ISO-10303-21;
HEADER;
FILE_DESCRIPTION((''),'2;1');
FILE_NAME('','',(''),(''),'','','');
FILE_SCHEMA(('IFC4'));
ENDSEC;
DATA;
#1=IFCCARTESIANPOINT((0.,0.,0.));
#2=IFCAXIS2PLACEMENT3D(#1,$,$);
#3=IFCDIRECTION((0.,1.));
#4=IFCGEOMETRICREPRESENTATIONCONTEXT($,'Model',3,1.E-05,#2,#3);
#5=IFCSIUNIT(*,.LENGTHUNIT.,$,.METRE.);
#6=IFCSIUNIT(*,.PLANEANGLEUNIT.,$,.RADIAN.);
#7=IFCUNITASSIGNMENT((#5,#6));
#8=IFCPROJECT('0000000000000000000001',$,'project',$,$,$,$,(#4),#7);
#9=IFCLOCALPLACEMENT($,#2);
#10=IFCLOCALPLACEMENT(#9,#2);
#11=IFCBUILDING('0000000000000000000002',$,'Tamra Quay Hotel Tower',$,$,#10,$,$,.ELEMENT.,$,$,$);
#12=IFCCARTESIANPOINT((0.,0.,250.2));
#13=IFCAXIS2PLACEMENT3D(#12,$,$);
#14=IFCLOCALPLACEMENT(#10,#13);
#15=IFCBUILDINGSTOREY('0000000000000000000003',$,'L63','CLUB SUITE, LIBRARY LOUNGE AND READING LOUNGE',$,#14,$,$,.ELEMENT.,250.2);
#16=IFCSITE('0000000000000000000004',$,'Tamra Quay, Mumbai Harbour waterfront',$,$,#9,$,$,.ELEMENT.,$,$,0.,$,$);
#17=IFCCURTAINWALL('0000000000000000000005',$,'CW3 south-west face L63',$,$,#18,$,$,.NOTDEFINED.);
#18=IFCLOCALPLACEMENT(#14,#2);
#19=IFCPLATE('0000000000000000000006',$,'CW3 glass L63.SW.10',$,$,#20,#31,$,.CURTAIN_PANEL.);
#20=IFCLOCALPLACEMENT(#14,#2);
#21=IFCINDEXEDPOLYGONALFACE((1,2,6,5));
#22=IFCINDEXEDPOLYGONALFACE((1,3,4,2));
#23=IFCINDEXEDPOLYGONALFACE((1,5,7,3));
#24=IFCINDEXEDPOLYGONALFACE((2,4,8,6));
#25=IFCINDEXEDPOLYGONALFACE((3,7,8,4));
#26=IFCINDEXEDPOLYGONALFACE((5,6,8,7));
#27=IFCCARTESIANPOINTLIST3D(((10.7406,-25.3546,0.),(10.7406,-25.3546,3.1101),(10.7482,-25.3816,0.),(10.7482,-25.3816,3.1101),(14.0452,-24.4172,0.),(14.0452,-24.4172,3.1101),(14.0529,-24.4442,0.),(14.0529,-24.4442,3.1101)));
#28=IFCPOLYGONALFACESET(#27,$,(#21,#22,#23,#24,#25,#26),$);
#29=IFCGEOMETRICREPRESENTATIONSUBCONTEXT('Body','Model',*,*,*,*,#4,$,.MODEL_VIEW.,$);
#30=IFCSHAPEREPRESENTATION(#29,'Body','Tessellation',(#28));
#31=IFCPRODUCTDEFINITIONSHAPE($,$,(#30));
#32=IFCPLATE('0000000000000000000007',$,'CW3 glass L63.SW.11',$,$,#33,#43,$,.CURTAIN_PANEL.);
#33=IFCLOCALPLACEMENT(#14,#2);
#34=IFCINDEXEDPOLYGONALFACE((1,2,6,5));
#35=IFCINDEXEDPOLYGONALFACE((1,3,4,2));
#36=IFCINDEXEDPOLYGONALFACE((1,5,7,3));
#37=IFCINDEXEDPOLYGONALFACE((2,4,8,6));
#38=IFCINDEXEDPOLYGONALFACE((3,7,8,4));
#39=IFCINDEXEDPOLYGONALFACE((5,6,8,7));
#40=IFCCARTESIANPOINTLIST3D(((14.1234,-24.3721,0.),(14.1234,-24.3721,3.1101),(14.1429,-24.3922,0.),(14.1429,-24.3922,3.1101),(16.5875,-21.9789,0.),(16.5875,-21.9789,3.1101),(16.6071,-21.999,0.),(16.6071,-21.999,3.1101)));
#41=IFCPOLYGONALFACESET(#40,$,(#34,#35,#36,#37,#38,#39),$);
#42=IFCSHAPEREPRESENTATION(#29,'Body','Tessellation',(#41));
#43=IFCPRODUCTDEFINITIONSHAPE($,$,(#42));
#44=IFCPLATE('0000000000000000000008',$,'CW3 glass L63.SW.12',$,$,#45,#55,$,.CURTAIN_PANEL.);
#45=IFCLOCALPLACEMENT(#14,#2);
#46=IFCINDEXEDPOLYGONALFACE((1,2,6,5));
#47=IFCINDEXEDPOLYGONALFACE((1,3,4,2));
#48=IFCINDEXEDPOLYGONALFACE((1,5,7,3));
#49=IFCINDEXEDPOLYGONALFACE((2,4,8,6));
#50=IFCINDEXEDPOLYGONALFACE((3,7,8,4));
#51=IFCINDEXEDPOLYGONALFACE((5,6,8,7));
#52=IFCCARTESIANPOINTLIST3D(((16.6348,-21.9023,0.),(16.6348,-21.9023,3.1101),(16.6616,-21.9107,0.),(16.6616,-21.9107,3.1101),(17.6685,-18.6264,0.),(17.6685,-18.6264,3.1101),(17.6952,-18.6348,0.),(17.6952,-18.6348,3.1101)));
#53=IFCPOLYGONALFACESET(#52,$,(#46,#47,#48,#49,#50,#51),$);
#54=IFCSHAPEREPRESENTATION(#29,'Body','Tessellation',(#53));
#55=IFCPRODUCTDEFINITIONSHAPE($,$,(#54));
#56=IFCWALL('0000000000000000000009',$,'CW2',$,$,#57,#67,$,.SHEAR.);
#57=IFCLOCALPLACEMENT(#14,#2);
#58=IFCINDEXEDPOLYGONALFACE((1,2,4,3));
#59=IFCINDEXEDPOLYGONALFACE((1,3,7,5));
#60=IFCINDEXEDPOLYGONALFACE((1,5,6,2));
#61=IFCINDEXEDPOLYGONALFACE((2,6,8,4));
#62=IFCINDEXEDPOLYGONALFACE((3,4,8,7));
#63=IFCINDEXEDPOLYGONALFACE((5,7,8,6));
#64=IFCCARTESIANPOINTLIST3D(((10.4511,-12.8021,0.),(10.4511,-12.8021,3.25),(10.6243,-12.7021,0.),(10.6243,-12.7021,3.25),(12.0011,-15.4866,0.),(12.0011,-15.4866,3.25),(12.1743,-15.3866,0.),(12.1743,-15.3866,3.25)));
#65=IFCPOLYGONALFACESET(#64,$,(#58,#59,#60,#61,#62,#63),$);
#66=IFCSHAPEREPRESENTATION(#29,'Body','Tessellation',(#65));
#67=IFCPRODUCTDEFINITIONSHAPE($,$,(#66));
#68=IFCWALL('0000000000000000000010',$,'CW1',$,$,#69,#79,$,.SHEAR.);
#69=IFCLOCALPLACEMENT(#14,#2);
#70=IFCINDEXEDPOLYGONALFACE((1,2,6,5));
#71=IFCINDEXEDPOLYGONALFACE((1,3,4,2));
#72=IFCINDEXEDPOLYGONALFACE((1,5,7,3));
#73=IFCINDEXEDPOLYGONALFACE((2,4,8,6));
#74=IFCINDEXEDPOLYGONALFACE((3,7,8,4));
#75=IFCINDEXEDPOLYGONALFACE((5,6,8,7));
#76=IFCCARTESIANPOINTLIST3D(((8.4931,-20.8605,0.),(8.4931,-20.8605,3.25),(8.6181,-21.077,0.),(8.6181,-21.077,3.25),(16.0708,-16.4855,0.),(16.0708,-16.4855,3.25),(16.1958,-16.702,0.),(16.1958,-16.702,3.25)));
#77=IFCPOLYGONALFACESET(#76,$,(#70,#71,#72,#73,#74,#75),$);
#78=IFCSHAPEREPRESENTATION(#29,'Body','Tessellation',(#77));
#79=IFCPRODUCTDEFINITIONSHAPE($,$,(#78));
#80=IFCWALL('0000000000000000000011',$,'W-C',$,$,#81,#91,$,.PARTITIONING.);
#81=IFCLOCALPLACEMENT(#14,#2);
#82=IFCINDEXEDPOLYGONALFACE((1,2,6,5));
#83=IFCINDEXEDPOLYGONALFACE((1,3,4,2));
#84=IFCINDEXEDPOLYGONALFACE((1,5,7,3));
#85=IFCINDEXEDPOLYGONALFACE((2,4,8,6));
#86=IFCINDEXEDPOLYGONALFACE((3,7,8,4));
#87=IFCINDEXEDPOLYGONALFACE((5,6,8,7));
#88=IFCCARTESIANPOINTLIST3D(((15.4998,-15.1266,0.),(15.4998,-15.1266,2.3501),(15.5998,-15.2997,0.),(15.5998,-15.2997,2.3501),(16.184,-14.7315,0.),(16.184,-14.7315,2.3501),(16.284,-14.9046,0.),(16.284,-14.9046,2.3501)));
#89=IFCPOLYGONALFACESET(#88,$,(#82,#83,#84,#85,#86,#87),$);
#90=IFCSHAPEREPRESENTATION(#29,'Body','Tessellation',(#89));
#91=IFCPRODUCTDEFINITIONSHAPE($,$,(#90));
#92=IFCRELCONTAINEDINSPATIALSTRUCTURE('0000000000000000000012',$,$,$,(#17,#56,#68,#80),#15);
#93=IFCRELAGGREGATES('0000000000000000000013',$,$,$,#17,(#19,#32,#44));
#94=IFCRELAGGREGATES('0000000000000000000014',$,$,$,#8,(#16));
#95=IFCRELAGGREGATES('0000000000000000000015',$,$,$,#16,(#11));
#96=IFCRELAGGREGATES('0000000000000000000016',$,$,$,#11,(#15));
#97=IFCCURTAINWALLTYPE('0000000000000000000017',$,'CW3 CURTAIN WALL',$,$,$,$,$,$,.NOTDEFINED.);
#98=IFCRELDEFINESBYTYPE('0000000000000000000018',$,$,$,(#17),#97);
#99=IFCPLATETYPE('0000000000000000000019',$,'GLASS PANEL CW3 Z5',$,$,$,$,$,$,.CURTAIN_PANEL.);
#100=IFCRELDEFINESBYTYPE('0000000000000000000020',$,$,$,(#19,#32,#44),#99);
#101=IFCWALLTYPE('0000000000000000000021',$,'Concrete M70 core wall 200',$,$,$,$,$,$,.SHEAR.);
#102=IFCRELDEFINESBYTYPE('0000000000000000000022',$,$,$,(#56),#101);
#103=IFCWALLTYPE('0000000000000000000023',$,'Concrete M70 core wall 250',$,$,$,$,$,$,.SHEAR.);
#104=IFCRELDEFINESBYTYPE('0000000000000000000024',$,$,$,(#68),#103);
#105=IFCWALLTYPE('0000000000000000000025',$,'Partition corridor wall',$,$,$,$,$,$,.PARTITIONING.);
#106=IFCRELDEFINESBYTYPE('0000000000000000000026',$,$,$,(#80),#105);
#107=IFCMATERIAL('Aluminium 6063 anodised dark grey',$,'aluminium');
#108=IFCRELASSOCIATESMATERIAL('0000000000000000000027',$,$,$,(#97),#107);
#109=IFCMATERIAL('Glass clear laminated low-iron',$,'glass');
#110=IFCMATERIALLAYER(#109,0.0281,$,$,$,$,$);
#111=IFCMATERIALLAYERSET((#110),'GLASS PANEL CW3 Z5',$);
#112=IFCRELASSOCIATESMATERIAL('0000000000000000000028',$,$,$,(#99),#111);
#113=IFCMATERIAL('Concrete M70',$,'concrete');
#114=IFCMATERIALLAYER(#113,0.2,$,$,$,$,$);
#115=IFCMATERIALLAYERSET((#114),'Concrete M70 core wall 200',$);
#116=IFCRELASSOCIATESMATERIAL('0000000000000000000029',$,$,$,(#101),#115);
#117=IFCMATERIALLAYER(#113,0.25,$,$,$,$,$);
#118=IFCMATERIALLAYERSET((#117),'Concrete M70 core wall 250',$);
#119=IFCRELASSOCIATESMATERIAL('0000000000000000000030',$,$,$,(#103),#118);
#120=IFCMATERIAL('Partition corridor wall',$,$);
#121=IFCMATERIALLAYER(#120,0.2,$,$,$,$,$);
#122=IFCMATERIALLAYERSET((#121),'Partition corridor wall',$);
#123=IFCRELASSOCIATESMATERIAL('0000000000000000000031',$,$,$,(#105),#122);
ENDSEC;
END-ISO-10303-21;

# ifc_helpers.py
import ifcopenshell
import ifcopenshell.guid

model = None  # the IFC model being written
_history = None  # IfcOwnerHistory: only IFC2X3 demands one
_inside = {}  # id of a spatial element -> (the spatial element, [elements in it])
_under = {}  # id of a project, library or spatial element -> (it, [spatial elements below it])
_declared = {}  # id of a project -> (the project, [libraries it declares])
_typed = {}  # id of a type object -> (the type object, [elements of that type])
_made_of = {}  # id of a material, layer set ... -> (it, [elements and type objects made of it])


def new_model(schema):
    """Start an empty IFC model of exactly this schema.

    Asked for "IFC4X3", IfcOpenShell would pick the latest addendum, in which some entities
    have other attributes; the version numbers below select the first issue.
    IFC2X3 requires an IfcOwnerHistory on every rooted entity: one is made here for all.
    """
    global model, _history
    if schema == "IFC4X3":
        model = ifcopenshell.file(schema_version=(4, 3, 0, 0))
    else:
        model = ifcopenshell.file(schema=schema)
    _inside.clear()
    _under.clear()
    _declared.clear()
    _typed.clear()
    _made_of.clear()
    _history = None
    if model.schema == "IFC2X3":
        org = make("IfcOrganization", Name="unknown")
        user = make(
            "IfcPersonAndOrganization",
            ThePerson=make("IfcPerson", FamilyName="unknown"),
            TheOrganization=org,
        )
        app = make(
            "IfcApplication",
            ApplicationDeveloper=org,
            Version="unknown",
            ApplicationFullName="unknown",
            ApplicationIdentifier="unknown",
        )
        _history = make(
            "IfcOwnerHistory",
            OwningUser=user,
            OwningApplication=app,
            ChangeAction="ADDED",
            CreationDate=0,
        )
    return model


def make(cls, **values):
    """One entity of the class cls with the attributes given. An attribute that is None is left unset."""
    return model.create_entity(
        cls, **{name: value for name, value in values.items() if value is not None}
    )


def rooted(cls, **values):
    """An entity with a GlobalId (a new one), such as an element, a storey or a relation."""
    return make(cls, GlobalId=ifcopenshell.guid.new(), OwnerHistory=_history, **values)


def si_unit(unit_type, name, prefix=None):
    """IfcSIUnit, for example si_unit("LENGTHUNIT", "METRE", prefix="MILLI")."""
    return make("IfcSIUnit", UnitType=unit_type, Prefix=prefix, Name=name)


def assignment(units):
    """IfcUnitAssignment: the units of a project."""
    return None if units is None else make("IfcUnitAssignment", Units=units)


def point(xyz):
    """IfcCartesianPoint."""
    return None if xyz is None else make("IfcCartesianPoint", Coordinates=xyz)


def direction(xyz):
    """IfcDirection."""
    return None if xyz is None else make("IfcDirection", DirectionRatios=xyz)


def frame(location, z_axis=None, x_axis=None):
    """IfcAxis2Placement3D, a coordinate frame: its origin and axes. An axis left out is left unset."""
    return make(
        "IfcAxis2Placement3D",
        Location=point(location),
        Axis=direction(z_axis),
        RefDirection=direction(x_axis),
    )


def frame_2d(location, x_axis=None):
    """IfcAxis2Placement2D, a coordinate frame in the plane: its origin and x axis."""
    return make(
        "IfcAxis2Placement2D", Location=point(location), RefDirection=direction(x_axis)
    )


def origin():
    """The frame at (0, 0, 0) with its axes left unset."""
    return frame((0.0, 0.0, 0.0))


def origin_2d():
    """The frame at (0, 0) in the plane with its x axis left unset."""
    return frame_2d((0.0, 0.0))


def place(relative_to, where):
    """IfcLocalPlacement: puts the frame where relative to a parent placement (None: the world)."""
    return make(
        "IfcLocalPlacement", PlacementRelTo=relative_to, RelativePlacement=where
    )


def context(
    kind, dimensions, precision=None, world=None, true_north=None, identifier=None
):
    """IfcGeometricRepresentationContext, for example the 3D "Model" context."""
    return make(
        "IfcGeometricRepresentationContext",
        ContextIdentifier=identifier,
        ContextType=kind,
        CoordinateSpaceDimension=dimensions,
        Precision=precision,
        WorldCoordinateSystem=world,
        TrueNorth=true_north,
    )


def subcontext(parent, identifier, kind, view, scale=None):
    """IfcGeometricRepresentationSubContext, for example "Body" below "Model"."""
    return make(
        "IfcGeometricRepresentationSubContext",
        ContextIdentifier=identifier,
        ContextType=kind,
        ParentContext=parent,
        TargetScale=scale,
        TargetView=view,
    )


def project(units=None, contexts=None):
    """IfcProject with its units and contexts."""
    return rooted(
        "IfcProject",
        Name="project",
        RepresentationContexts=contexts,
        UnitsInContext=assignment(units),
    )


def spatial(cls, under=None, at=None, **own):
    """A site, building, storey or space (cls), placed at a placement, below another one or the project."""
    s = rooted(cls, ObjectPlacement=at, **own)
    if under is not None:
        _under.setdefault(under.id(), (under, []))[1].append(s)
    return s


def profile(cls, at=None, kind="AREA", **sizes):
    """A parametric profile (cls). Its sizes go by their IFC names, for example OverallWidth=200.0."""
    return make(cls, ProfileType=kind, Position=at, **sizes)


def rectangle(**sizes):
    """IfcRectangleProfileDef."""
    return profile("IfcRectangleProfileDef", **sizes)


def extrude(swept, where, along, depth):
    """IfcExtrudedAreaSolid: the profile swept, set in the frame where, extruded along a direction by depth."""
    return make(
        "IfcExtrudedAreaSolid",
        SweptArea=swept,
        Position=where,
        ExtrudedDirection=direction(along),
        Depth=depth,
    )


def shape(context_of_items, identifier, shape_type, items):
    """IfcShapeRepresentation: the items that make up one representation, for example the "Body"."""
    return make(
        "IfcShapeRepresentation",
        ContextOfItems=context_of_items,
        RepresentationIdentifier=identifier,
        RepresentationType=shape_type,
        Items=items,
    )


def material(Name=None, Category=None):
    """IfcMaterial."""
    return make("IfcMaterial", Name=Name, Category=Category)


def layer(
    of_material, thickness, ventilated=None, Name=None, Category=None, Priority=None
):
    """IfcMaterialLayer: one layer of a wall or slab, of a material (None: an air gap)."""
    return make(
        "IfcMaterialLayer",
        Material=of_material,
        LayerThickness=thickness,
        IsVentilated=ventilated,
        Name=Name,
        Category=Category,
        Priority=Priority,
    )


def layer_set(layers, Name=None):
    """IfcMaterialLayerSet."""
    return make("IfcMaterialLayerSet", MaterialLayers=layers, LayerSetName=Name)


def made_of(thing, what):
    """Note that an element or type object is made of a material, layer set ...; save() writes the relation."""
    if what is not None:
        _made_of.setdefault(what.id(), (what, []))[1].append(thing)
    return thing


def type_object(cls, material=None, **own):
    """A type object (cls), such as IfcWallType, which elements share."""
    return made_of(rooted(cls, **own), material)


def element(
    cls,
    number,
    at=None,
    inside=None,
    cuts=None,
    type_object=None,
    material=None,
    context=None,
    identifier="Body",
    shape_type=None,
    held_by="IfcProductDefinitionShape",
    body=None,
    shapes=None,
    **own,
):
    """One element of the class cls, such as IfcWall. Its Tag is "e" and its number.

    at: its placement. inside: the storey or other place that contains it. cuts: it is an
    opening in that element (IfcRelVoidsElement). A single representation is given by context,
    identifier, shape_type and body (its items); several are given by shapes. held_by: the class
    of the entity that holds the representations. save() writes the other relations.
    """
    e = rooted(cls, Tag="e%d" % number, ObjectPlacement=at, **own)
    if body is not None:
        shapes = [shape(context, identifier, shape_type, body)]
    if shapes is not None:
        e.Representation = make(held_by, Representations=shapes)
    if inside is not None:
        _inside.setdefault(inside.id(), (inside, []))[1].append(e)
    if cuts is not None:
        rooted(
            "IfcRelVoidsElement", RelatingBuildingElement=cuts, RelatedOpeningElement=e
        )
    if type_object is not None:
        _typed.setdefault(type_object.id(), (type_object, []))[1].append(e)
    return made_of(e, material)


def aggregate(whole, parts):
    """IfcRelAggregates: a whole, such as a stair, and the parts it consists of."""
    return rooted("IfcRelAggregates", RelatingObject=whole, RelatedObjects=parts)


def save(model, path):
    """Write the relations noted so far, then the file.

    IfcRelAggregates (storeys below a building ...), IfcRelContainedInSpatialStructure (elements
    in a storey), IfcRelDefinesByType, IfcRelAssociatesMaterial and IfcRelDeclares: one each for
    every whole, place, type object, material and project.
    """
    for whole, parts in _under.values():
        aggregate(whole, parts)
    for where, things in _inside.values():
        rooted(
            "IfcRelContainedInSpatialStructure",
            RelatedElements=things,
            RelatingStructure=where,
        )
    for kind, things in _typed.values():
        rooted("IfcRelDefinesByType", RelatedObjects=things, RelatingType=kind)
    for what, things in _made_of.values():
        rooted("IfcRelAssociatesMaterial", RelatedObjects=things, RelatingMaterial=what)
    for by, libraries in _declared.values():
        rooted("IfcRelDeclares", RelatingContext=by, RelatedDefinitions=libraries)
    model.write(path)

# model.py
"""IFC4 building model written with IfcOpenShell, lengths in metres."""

from ifc_helpers import new_model, si_unit, direction, frame, frame_2d, origin, origin_2d, place, context, subcontext, project, spatial, rectangle, extrude, material, layer, layer_set, type_object, element, aggregate, save


model = new_model("IFC4")

# Units and contexts
model_context = context("Model", 3, precision=1e-05, world=origin(), true_north=direction((0.0, 1.0)))
body_context = subcontext(model_context, "Body", "Model", "MODEL_VIEW")
ifc_project = project(units=[si_unit("LENGTHUNIT", "METRE"), si_unit("PLANEANGLEUNIT", "RADIAN")], contexts=[model_context])

# Site, building, storey
site_placement = place(None, origin())
site = spatial("IfcSite", under=ifc_project, at=site_placement, Name="Tamra Quay, Mumbai Harbour waterfront", CompositionType="ELEMENT", RefElevation=0.0)
building_placement = place(site_placement, origin())
building = spatial("IfcBuilding", under=site, at=building_placement, Name="Tamra Quay Hotel Tower", CompositionType="ELEMENT")
storey_placement = place(building_placement, frame((0.0, 0.0, 250.2)))
storey = spatial("IfcBuildingStorey", under=building, at=storey_placement, Name="L63", Description="CLUB SUITE, LIBRARY LOUNGE AND READING LOUNGE", CompositionType="ELEMENT", Elevation=250.2)

# Shared definitions
ifc_material_1 = material(Name="Concrete M70", Category="concrete")

# Shared definitions
ifc_material_2 = material(Name="Aluminium 6063 anodised dark grey", Category="aluminium")

# Curtain wall
curtain_wall_type_1 = type_object("IfcCurtainWallType", Name="CW3 CURTAIN WALL", PredefinedType="NOTDEFINED", material=ifc_material_2)
curtain_wall_1_placement = place(storey_placement, origin())
curtain_wall_1 = element("IfcCurtainWall", 1, at=curtain_wall_1_placement, inside=storey, type_object=curtain_wall_type_1, Name="CW3 south-west face L63", PredefinedType="NOTDEFINED")

# Plates
ifc_material_3 = material(Name="Glass clear laminated low-iron", Category="glass")
ifc_layer_1 = layer(ifc_material_3, 0.0281)
ifc_layer_set_1 = layer_set([ifc_layer_1], Name="GLASS PANEL CW3 Z5")
plate_type_1 = type_object("IfcPlateType", Name="GLASS PANEL CW3 Z5", PredefinedType="CURTAIN_PANEL", material=ifc_layer_set_1)
plate_1_placement = place(storey_placement, frame((12.3967, -24.8994, 0.0), z_axis=(0.0, 0.0, 1.0), x_axis=(0.962041, 0.272906, 0.0)))
plate_1 = element("IfcPlate", 2, at=plate_1_placement, type_object=plate_type_1, Name="CW3 glass L63.SW.10", PredefinedType="CURTAIN_PANEL", context=body_context, shape_type="SweptSolid", body=[
    extrude(rectangle(XDim=3.4351, YDim=0.0281, at=origin_2d()), origin(), (0.0, 0.0, 1.0), 3.1101),
])
plate_2_placement = place(storey_placement, frame((15.3652, -23.1855, 0.0), z_axis=(0.0, 0.0, 1.0), x_axis=(0.717364, 0.696698, 0.0)))
plate_2 = element("IfcPlate", 3, at=plate_2_placement, type_object=plate_type_1, Name="CW3 glass L63.SW.11", PredefinedType="CURTAIN_PANEL", context=body_context, shape_type="SweptSolid", body=[
    extrude(rectangle(XDim=3.4351, YDim=0.0281, at=origin_2d()), origin(), (0.0, 0.0, 1.0), 3.1101),
])
plate_3_placement = place(storey_placement, frame((17.165, -20.2686, 0.0), z_axis=(0.0, 0.0, 1.0), x_axis=(0.300903, 0.953655, 0.0)))
plate_3 = element("IfcPlate", 4, at=plate_3_placement, type_object=plate_type_1, Name="CW3 glass L63.SW.12", PredefinedType="CURTAIN_PANEL", context=body_context, shape_type="SweptSolid", body=[
    extrude(rectangle(XDim=3.4351, YDim=0.0281, at=origin_2d()), origin(), (0.0, 0.0, 1.0), 3.1101),
])
aggregate(curtain_wall_1, [plate_1, plate_2, plate_3])

# Walls
ifc_layer_2 = layer(ifc_material_1, 0.2)
ifc_layer_set_2 = layer_set([ifc_layer_2], Name="Concrete M70 core wall 200")
wall_type_1 = type_object("IfcWallType", Name="Concrete M70 core wall 200", PredefinedType="SHEAR", material=ifc_layer_set_2)
wall_1_placement = place(storey_placement, frame((12.0876, -15.4365, 0.0), z_axis=(0.0, 0.0, 1.0), x_axis=(-0.500027, 0.86601, 0.0)))
element("IfcWall", 5, at=wall_1_placement, inside=storey, type_object=wall_type_1, Name="CW2", PredefinedType="SHEAR", context=body_context, shape_type="SweptSolid", body=[
    extrude(rectangle(XDim=3.0999, YDim=0.2, at=frame_2d((1.5498, 0.0))), origin(), (0.0, 0.0, 1.0), 3.25),
])
ifc_layer_3 = layer(ifc_material_1, 0.25)
ifc_layer_set_3 = layer_set([ifc_layer_3], Name="Concrete M70 core wall 250")
wall_type_2 = type_object("IfcWallType", Name="Concrete M70 core wall 250", PredefinedType="SHEAR", material=ifc_layer_set_3)
wall_2_placement = place(storey_placement, frame((16.1333, -16.5938, 0.0), z_axis=(0.0, 0.0, 1.0), x_axis=(-0.866023, -0.500004, 0.0)))
element("IfcWall", 6, at=wall_2_placement, inside=storey, type_object=wall_type_2, Name="CW1", PredefinedType="SHEAR", context=body_context, shape_type="SweptSolid", body=[
    extrude(rectangle(XDim=8.75, YDim=0.25, at=frame_2d((4.375, 0.0))), origin(), (0.0, 0.0, 1.0), 3.25),
])
ifc_material_4 = material(Name="Partition corridor wall")
ifc_layer_4 = layer(ifc_material_4, 0.2)
ifc_layer_set_4 = layer_set([ifc_layer_4], Name="Partition corridor wall")
wall_type_3 = type_object("IfcWallType", Name="Partition corridor wall", PredefinedType="PARTITIONING", material=ifc_layer_set_4)
wall_3_placement = place(storey_placement, frame((15.5498, -15.2131, 0.0), z_axis=(0.0, 0.0, 1.0), x_axis=(0.86599, 0.500061, 0.0)))
element("IfcWall", 7, at=wall_3_placement, inside=storey, type_object=wall_type_3, Name="W-C", PredefinedType="PARTITIONING", context=body_context, shape_type="SweptSolid", body=[
    extrude(rectangle(XDim=0.79, YDim=0.2, at=frame_2d((0.395, 0.0))), origin(), (0.0, 0.0, 1.0), 2.3501),
])

save(model, "model.ifc")
